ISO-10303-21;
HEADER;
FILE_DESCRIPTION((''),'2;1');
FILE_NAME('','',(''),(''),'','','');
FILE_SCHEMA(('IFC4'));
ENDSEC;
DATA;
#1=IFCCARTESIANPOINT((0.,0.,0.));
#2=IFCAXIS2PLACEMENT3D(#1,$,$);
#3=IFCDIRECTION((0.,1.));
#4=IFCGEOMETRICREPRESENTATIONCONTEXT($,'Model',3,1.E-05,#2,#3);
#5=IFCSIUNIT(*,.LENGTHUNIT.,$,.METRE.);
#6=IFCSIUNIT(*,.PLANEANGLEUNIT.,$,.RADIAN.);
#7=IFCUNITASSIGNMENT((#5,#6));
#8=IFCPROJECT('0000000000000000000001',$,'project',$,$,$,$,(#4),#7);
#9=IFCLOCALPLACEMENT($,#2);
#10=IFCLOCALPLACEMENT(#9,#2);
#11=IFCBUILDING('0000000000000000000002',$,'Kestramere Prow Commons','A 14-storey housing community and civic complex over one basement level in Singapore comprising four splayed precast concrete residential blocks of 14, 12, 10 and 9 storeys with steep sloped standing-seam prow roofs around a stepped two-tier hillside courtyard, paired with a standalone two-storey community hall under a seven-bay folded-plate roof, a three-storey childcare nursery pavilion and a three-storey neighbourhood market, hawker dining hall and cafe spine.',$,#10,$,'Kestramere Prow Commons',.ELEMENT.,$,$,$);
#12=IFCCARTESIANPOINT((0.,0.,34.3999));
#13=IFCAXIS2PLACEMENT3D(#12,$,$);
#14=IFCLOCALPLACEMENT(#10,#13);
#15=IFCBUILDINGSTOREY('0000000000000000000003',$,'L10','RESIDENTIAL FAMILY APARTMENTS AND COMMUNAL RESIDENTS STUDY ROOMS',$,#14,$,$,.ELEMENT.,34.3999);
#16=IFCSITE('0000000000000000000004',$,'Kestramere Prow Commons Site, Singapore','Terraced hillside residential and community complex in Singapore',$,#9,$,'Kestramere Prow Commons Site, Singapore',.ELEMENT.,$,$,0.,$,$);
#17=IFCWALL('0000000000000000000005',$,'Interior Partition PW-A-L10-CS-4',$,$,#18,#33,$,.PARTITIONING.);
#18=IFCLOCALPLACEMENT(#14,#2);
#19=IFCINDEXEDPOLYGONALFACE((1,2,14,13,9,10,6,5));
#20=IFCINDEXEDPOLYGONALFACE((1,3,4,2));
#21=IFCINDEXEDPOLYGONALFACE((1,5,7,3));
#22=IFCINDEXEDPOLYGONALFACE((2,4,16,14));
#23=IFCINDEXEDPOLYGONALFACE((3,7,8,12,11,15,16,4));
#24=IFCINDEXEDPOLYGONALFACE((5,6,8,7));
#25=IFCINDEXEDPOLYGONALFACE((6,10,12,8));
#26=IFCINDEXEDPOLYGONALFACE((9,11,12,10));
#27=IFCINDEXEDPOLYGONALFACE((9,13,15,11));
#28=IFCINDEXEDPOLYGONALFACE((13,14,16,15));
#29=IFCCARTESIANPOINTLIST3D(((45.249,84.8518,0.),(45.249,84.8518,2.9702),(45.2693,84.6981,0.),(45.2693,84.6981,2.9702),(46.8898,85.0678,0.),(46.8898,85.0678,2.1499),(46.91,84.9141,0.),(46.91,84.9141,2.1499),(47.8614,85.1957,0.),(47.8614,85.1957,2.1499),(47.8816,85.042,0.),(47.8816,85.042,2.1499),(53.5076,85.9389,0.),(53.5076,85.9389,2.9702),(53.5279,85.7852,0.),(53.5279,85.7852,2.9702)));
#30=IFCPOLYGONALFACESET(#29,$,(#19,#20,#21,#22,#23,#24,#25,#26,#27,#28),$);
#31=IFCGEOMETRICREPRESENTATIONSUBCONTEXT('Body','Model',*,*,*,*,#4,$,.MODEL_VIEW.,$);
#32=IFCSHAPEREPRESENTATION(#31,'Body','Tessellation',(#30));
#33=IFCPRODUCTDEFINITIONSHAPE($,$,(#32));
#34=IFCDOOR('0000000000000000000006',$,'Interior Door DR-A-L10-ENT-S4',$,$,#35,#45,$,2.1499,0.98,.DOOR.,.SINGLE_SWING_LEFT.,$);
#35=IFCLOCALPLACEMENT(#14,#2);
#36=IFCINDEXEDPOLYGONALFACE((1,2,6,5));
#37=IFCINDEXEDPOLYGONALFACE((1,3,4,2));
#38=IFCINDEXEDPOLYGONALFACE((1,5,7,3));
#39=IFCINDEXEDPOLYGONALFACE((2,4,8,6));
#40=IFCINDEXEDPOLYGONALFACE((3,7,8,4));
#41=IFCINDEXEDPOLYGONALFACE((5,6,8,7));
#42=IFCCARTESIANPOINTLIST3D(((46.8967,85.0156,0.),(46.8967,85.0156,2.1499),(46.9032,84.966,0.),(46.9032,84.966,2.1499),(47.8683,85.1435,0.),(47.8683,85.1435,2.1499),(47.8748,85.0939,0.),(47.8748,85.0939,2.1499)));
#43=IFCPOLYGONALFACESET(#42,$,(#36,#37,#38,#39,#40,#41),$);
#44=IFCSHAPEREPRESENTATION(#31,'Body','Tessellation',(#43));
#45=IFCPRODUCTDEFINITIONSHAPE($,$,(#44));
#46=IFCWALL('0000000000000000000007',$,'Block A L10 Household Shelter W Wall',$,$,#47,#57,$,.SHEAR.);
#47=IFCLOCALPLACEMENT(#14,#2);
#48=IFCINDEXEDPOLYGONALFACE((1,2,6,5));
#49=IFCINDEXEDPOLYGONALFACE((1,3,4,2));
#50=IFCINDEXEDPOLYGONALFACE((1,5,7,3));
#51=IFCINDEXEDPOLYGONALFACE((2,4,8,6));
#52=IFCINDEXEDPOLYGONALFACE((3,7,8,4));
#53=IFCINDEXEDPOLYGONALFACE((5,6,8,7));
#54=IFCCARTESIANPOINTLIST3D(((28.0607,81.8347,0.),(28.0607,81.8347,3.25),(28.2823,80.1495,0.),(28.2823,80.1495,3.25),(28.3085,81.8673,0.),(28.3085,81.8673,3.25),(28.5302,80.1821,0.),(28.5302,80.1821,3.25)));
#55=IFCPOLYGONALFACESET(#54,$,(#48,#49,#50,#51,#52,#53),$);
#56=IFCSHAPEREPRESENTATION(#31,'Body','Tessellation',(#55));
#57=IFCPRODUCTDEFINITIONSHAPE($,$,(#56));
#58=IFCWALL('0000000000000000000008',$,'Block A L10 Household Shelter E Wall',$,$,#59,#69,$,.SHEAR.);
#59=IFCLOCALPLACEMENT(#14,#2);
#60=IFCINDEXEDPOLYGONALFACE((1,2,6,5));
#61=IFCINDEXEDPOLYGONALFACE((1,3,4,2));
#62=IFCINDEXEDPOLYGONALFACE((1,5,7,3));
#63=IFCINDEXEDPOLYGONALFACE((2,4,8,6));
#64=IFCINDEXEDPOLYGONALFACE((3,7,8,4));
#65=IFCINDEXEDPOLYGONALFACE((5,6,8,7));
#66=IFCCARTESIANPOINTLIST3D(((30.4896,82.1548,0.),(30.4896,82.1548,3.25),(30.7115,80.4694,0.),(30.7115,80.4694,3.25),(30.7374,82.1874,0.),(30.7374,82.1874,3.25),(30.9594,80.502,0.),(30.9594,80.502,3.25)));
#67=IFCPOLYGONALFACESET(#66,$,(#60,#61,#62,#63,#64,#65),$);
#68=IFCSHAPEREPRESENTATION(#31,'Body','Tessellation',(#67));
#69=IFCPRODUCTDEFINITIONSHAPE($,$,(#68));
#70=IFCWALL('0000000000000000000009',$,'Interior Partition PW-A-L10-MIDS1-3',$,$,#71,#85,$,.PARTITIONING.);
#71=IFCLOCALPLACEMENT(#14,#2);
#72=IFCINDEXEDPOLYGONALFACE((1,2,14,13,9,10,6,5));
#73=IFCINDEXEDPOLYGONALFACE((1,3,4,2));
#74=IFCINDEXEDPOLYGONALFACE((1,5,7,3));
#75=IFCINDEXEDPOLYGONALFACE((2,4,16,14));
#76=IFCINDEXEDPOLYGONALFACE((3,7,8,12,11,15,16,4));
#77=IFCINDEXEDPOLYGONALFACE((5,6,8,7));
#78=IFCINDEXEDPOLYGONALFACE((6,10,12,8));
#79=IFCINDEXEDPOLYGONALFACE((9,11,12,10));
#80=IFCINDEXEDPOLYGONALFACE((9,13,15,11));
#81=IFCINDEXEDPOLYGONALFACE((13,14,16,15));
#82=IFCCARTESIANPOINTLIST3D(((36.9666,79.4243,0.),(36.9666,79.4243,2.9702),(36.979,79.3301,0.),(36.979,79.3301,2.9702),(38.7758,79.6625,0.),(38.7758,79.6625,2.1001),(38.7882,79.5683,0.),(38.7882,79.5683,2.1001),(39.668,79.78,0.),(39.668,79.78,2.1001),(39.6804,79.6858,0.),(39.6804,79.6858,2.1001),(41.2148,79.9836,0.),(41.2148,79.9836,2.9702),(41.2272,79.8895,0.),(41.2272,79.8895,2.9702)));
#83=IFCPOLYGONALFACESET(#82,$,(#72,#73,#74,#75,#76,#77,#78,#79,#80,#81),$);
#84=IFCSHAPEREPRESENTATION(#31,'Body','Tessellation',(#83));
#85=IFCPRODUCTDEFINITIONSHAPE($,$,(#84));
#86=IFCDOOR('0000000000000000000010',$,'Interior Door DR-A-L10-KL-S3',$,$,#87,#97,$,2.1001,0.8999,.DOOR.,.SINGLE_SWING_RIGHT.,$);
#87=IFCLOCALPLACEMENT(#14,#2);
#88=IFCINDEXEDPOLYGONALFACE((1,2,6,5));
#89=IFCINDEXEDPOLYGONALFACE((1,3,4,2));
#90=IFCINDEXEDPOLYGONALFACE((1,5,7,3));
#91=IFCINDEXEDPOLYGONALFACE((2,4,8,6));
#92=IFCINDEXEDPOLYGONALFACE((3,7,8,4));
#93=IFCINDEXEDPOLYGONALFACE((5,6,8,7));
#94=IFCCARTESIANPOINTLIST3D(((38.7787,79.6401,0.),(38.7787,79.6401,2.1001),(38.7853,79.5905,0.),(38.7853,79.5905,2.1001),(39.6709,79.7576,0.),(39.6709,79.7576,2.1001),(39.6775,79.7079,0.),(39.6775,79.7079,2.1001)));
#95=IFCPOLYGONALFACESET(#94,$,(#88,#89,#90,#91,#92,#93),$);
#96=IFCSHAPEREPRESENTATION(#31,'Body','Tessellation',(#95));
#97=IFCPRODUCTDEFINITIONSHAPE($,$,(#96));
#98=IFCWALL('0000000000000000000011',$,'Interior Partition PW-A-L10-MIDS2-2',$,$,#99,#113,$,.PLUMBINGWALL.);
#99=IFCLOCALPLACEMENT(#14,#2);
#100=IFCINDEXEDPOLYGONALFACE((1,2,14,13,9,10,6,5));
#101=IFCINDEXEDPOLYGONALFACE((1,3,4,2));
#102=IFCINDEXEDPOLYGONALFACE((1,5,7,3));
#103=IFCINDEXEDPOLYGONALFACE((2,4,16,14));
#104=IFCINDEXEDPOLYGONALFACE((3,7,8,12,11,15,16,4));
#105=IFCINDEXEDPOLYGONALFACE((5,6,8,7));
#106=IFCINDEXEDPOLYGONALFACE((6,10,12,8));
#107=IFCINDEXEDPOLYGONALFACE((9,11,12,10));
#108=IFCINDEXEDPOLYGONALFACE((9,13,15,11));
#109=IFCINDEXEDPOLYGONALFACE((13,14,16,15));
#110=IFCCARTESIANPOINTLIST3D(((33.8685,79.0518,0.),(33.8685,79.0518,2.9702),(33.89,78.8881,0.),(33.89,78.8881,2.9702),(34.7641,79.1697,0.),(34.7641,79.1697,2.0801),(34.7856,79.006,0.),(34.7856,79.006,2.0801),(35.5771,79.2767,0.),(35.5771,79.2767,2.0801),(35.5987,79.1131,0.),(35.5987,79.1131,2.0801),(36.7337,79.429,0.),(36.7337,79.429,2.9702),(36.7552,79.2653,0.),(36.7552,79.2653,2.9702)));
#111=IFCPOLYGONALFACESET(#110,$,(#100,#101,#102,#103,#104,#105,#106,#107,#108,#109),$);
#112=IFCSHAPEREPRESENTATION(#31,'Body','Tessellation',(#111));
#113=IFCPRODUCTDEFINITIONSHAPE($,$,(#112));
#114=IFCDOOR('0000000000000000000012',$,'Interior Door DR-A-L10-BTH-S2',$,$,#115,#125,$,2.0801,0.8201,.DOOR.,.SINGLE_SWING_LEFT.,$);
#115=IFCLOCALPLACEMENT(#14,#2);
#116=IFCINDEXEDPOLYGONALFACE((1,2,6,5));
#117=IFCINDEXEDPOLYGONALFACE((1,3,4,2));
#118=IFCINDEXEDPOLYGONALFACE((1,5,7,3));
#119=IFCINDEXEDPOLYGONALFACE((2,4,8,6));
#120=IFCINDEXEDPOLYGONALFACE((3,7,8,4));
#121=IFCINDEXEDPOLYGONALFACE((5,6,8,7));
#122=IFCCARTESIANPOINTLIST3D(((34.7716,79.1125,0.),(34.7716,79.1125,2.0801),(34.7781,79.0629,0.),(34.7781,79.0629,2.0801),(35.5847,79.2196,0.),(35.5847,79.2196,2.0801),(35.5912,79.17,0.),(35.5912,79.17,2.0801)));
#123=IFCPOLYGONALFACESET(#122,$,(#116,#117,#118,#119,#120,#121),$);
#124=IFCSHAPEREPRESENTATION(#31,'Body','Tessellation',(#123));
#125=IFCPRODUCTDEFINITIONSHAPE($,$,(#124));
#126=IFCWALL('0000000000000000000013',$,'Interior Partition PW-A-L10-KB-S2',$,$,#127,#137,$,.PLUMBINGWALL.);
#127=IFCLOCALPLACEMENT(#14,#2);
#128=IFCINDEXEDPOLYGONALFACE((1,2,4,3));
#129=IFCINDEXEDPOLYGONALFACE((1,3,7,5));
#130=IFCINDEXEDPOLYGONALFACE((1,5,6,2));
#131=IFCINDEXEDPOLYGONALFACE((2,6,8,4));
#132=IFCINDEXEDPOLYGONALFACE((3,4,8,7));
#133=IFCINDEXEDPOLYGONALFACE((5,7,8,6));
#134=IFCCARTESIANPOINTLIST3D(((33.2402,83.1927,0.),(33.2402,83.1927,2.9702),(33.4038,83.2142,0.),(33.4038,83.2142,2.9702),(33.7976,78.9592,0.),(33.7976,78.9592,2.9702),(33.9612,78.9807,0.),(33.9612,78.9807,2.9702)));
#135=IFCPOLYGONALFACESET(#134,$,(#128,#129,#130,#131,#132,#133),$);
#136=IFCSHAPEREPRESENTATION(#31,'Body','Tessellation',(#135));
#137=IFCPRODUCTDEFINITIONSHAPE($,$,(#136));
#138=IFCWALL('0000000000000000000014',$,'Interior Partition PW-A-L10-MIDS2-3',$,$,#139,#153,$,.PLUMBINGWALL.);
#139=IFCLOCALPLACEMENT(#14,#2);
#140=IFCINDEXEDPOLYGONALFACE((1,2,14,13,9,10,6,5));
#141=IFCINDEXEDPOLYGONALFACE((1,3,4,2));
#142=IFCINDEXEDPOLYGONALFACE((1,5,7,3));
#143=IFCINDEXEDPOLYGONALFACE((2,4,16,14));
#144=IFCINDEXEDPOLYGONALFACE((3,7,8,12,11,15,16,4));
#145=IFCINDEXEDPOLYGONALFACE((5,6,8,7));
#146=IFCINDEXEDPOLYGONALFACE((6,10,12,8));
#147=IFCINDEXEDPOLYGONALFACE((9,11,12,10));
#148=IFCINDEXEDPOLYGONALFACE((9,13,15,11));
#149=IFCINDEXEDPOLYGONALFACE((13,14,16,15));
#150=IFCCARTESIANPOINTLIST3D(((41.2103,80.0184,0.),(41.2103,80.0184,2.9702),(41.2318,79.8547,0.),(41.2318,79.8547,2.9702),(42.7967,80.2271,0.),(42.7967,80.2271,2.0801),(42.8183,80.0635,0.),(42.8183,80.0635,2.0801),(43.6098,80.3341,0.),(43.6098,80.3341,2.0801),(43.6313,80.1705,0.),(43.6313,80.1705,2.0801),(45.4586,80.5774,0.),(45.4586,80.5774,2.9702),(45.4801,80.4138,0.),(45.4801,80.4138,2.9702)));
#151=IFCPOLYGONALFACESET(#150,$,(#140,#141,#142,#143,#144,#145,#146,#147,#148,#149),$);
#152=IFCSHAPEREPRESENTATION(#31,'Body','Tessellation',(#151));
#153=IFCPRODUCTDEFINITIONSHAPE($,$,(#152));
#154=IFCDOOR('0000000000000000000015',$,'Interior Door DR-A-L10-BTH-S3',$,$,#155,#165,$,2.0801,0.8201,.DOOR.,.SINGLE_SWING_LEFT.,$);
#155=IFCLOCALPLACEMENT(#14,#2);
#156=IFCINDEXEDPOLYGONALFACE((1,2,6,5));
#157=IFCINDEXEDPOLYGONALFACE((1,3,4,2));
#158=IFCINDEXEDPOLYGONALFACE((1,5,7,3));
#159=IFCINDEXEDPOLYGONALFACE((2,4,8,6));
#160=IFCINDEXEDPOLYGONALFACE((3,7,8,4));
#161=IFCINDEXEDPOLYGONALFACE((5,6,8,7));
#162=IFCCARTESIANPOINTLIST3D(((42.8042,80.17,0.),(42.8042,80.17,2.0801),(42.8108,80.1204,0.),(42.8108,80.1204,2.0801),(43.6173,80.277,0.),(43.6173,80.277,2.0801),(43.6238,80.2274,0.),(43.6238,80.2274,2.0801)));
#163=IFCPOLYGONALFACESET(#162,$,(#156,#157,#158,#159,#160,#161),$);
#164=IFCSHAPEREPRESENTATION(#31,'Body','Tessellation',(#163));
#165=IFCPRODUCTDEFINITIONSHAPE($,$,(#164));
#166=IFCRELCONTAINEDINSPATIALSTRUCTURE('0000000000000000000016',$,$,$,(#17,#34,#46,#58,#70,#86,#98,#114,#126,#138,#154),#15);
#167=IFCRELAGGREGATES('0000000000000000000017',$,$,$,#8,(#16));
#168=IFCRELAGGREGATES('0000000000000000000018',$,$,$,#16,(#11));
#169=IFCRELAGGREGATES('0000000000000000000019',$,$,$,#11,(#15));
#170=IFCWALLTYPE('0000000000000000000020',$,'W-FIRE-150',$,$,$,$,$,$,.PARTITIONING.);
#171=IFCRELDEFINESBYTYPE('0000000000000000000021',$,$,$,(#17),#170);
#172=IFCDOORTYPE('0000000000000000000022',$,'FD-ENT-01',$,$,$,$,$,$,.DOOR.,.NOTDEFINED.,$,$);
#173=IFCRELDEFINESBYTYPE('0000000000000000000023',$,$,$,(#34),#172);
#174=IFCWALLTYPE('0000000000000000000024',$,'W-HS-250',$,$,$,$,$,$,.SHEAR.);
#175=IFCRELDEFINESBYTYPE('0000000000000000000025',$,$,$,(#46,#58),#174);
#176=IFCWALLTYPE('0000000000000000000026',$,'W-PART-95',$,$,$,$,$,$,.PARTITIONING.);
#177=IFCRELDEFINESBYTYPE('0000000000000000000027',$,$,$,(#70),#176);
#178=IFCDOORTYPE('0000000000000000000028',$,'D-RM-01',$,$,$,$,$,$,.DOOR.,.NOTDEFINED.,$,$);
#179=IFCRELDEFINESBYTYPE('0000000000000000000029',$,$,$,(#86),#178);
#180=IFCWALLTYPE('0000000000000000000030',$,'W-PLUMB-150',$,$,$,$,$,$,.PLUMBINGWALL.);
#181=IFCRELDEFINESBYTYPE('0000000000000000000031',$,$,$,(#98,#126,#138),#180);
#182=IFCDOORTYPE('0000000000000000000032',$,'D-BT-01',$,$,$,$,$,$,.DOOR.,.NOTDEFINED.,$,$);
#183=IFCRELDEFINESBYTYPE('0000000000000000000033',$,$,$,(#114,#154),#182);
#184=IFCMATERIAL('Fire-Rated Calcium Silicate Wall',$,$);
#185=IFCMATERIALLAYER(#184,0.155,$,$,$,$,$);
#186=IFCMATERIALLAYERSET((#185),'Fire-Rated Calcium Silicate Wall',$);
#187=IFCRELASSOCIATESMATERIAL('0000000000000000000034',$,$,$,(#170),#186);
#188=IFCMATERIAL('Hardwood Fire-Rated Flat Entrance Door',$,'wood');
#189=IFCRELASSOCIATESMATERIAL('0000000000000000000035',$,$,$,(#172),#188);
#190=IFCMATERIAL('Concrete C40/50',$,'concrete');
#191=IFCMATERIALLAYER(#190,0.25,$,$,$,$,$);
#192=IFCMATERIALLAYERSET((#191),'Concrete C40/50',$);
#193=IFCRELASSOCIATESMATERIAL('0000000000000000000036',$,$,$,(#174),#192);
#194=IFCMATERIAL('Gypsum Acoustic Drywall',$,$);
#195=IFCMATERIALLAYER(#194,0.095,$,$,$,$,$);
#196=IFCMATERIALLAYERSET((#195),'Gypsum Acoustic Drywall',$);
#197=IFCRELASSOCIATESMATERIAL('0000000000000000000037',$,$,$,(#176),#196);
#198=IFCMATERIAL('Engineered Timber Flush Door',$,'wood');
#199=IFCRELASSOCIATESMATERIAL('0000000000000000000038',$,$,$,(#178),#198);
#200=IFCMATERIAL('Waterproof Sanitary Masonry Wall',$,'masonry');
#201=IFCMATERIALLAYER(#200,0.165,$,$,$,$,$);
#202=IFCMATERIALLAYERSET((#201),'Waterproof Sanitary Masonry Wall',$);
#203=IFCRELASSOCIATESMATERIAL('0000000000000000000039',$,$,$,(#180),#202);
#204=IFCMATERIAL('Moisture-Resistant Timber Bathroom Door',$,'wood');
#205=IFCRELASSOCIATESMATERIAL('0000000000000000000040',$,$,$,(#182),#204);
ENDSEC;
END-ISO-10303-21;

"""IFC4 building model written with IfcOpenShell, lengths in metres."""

from ifc_helpers import new_model, si_unit, direction, frame, frame_2d, origin, place, context, subcontext, project, spatial, rectangle, extrude, material, layer, layer_set, type_object, element, fill, save


model = new_model("IFC4")

# Units and contexts
model_context = context("Model", 3, precision=1e-05, world=origin(), true_north=direction((0.0, 1.0)))
body_context = subcontext(model_context, "Body", "Model", "MODEL_VIEW")
ifc_project = project(units=[si_unit("LENGTHUNIT", "METRE"), si_unit("PLANEANGLEUNIT", "RADIAN")], contexts=[model_context])

# Site, building, storey
site_placement = place(None, origin())
site = spatial("IfcSite", under=ifc_project, at=site_placement, Name="Kestramere Prow Commons Site, Singapore", Description="Terraced hillside residential and community complex in Singapore", LongName="Kestramere Prow Commons Site, Singapore", CompositionType="ELEMENT", RefElevation=0.0)
building_placement = place(site_placement, origin())
building = spatial("IfcBuilding", under=site, at=building_placement, Name="Kestramere Prow Commons", Description="A 14-storey housing community and civic complex over one basement level in Singapore comprising four splayed precast concrete residential blocks of 14, 12, 10 and 9 storeys with steep sloped standing-seam prow roofs around a stepped two-tier hillside courtyard, paired with a standalone two-storey community hall under a seven-bay folded-plate roof, a three-storey childcare nursery pavilion and a three-storey neighbourhood market, hawker dining hall and cafe spine.", LongName="Kestramere Prow Commons", CompositionType="ELEMENT")
storey_placement = place(building_placement, frame((0.0, 0.0, 34.3999)))
storey = spatial("IfcBuildingStorey", under=building, at=storey_placement, Name="L10", Description="RESIDENTIAL FAMILY APARTMENTS AND COMMUNAL RESIDENTS STUDY ROOMS", CompositionType="ELEMENT", Elevation=34.3999)

# Shared definitions
ifc_material_1 = material(Name="Fire-Rated Calcium Silicate Wall")
ifc_layer_1 = layer(ifc_material_1, 0.155)
ifc_layer_set_1 = layer_set([ifc_layer_1], Name="Fire-Rated Calcium Silicate Wall")
wall_type_1 = type_object("IfcWallType", Name="W-FIRE-150", PredefinedType="PARTITIONING", material=ifc_layer_set_1)

# Wall, opening, door
ifc_material_2 = material(Name="Hardwood Fire-Rated Flat Entrance Door", Category="wood")
door_type_1 = type_object("IfcDoorType", Name="FD-ENT-01", OperationType="NOTDEFINED", PredefinedType="DOOR", material=ifc_material_2)
wall_1_placement = place(storey_placement, frame((45.259, 84.7749, 0.0), z_axis=(0.0, 0.0, 1.0), x_axis=(0.991446, 0.130514, 0.0)))
wall_1 = element("IfcWall", 1, at=wall_1_placement, inside=storey, type_object=wall_type_1, Name="Interior Partition PW-A-L10-CS-4", PredefinedType="PARTITIONING", context=body_context, shape_type="SweptSolid", body=[
    extrude(rectangle(XDim=8.3298, YDim=0.155, at=frame_2d((4.165, 0.0))), origin(), (0.0, 0.0, 1.0), 2.9702),
])
opening_1_placement = place(wall_1_placement, frame((1.655, 0.0, 0.0)))
opening_1 = element("IfcOpeningElement", 2, at=opening_1_placement, cuts=wall_1, PredefinedType="OPENING", context=body_context, shape_type="SweptSolid", body=[
    extrude(rectangle(XDim=0.98, YDim=2.1499, at=frame_2d((0.49, 1.075))), frame((0.0, 0.0925, 0.0), z_axis=(0.0, -1.0, 0.0), x_axis=(1.0, 0.0, 0.0)), (0.0, 0.0, 1.0), 0.1851),
])
door_1_placement = place(opening_1_placement, origin())
door_1 = element("IfcDoor", 3, at=door_1_placement, inside=storey, type_object=door_type_1, Name="Interior Door DR-A-L10-ENT-S4", OperationType="SINGLE_SWING_LEFT", OverallHeight=2.1499, OverallWidth=0.98, PredefinedType="DOOR", context=body_context, shape_type="SweptSolid", body=[
    extrude(rectangle(XDim=0.98, YDim=2.1499, at=frame_2d((0.49, 1.075))), frame((0.0, 0.0249, 0.0), z_axis=(0.0, -1.0, 0.0), x_axis=(1.0, 0.0, 0.0)), (0.0, 0.0, 1.0), 0.05),
])
fill(opening_1, door_1)

# Walls
ifc_material_3 = material(Name="Concrete C40/50", Category="concrete")
ifc_layer_2 = layer(ifc_material_3, 0.25)
ifc_layer_set_2 = layer_set([ifc_layer_2], Name="Concrete C40/50")
wall_type_2 = type_object("IfcWallType", Name="W-HS-250", PredefinedType="SHEAR", material=ifc_layer_set_2)
wall_2_placement = place(storey_placement, frame((28.4062, 80.1658, 0.0), z_axis=(0.0, 0.0, 1.0), x_axis=(-0.130414, 0.99146, 0.0)))
element("IfcWall", 4, at=wall_2_placement, inside=storey, type_object=wall_type_2, Name="Block A L10 Household Shelter W Wall", PredefinedType="SHEAR", context=body_context, shape_type="SweptSolid", body=[
    extrude(rectangle(XDim=1.6997, YDim=0.25, at=frame_2d((0.8499, 0.0))), origin(), (0.0, 0.0, 1.0), 3.25),
])
wall_3_placement = place(storey_placement, frame((30.8354, 80.4856, 0.0), z_axis=(0.0, 0.0, 1.0), x_axis=(-0.130555, 0.991441, 0.0)))
element("IfcWall", 5, at=wall_3_placement, inside=storey, type_object=wall_type_2, Name="Block A L10 Household Shelter E Wall", PredefinedType="SHEAR", context=body_context, shape_type="SweptSolid", body=[
    extrude(rectangle(XDim=1.7, YDim=0.25, at=frame_2d((0.8501, 0.0))), origin(), (0.0, 0.0, 1.0), 3.25),
])

# Walls, openings, doors
ifc_material_4 = material(Name="Gypsum Acoustic Drywall")
ifc_layer_3 = layer(ifc_material_4, 0.095)
ifc_layer_set_3 = layer_set([ifc_layer_3], Name="Gypsum Acoustic Drywall")
wall_type_3 = type_object("IfcWallType", Name="W-PART-95", PredefinedType="PARTITIONING", material=ifc_layer_set_3)
wall_4_placement = place(storey_placement, frame((36.9727, 79.3772, 0.0), z_axis=(0.0, 0.0, 1.0), x_axis=(0.991444, 0.130533, 0.0)))
wall_4 = element("IfcWall", 6, at=wall_4_placement, inside=storey, type_object=wall_type_3, Name="Interior Partition PW-A-L10-MIDS1-3", PredefinedType="PARTITIONING", context=body_context, shape_type="SweptSolid", body=[
    extrude(rectangle(XDim=4.2849, YDim=0.095, at=frame_2d((2.1426, 0.0))), origin(), (0.0, 0.0, 1.0), 2.9702),
])
opening_2_placement = place(wall_4_placement, frame((1.825, 0.0, 0.0)))
opening_2 = element("IfcOpeningElement", 7, at=opening_2_placement, cuts=wall_4, PredefinedType="OPENING", context=body_context, shape_type="SweptSolid", body=[
    extrude(rectangle(XDim=0.8999, YDim=2.1001, at=frame_2d((0.45, 1.05))), frame((0.0, 0.0625, 0.0), z_axis=(0.0, -1.0, 0.0), x_axis=(1.0, 0.0, 0.0)), (0.0, 0.0, 1.0), 0.125),
])
ifc_material_5 = material(Name="Engineered Timber Flush Door", Category="wood")
door_type_2 = type_object("IfcDoorType", Name="D-RM-01", OperationType="NOTDEFINED", PredefinedType="DOOR", material=ifc_material_5)
door_2_placement = place(opening_2_placement, origin())
door_2 = element("IfcDoor", 8, at=door_2_placement, inside=storey, type_object=door_type_2, Name="Interior Door DR-A-L10-KL-S3", OperationType="SINGLE_SWING_RIGHT", OverallHeight=2.1001, OverallWidth=0.8999, PredefinedType="DOOR", context=body_context, shape_type="SweptSolid", body=[
    extrude(rectangle(XDim=0.8999, YDim=2.1001, at=frame_2d((0.45, 1.05))), frame((0.0, 0.0249, 0.0), z_axis=(0.0, -1.0, 0.0), x_axis=(1.0, 0.0, 0.0)), (0.0, 0.0, 1.0), 0.05),
])
fill(opening_2, door_2)
ifc_material_6 = material(Name="Waterproof Sanitary Masonry Wall", Category="masonry")
ifc_layer_4 = layer(ifc_material_6, 0.165)
ifc_layer_set_4 = layer_set([ifc_layer_4], Name="Waterproof Sanitary Masonry Wall")
wall_type_4 = type_object("IfcWallType", Name="W-PLUMB-150", PredefinedType="PLUMBINGWALL", material=ifc_layer_set_4)
wall_5_placement = place(storey_placement, frame((33.8794, 78.97, 0.0), z_axis=(0.0, 0.0, 1.0), x_axis=(0.991446, 0.13052, 0.0)))
wall_5 = element("IfcWall", 9, at=wall_5_placement, inside=storey, type_object=wall_type_4, Name="Interior Partition PW-A-L10-MIDS2-2", PredefinedType="PLUMBINGWALL", context=body_context, shape_type="SweptSolid", body=[
    extrude(rectangle(XDim=2.8899, YDim=0.165, at=frame_2d((1.4448, 0.0))), origin(), (0.0, 0.0, 1.0), 2.9702),
])
opening_3_placement = place(wall_5_placement, frame((0.9031, 0.0, 0.0)))
opening_3 = element("IfcOpeningElement", 10, at=opening_3_placement, cuts=wall_5, PredefinedType="OPENING", context=body_context, shape_type="SweptSolid", body=[
    extrude(rectangle(XDim=0.8201, YDim=2.0801, at=frame_2d((0.4102, 1.04))), frame((0.0, 0.0974, 0.0), z_axis=(0.0, -1.0, 0.0), x_axis=(1.0, 0.0, 0.0)), (0.0, 0.0, 1.0), 0.1951),
])
ifc_material_7 = material(Name="Moisture-Resistant Timber Bathroom Door", Category="wood")
door_type_3 = type_object("IfcDoorType", Name="D-BT-01", OperationType="NOTDEFINED", PredefinedType="DOOR", material=ifc_material_7)
door_3_placement = place(opening_3_placement, origin())
door_3 = element("IfcDoor", 11, at=door_3_placement, inside=storey, type_object=door_type_3, Name="Interior Door DR-A-L10-BTH-S2", OperationType="SINGLE_SWING_LEFT", OverallHeight=2.0801, OverallWidth=0.8201, PredefinedType="DOOR", context=body_context, shape_type="SweptSolid", body=[
    extrude(rectangle(XDim=0.8201, YDim=2.0801, at=frame_2d((0.4102, 1.04))), frame((0.0, 0.0249, 0.0), z_axis=(0.0, -1.0, 0.0), x_axis=(1.0, 0.0, 0.0)), (0.0, 0.0, 1.0), 0.05),
])
fill(opening_3, door_3)

# Wall
wall_6_placement = place(storey_placement, frame((33.8794, 78.97, 0.0), z_axis=(0.0, 0.0, 1.0), x_axis=(-0.130534, 0.991444, 0.0)))
element("IfcWall", 12, at=wall_6_placement, inside=storey, type_object=wall_type_4, Name="Interior Partition PW-A-L10-KB-S2", PredefinedType="PLUMBINGWALL", context=body_context, shape_type="SweptSolid", body=[
    extrude(rectangle(XDim=4.27, YDim=0.165, at=frame_2d((2.135, 0.0))), origin(), (0.0, 0.0, 1.0), 2.9702),
])

# Wall, opening, door
wall_7_placement = place(storey_placement, frame((41.2209, 79.9365, 0.0), z_axis=(0.0, 0.0, 1.0), x_axis=(0.991451, 0.130477, 0.0)))
wall_7 = element("IfcWall", 13, at=wall_7_placement, inside=storey, type_object=wall_type_4, Name="Interior Partition PW-A-L10-MIDS2-3", PredefinedType="PLUMBINGWALL", context=body_context, shape_type="SweptSolid", body=[
    extrude(rectangle(XDim=4.2849, YDim=0.165, at=frame_2d((2.1426, 0.0))), origin(), (0.0, 0.0, 1.0), 2.9702),
])
opening_4_placement = place(wall_7_placement, frame((1.6001, 0.0, 0.0)))
opening_4 = element("IfcOpeningElement", 14, at=opening_4_placement, cuts=wall_7, PredefinedType="OPENING", context=body_context, shape_type="SweptSolid", body=[
    extrude(rectangle(XDim=0.8201, YDim=2.0801, at=frame_2d((0.4102, 1.04))), frame((0.0, 0.0974, 0.0), z_axis=(0.0, -1.0, 0.0), x_axis=(1.0, 0.0, 0.0)), (0.0, 0.0, 1.0), 0.1951),
])
door_4_placement = place(opening_4_placement, origin())
door_4 = element("IfcDoor", 15, at=door_4_placement, inside=storey, type_object=door_type_3, Name="Interior Door DR-A-L10-BTH-S3", OperationType="SINGLE_SWING_LEFT", OverallHeight=2.0801, OverallWidth=0.8201, PredefinedType="DOOR", context=body_context, shape_type="SweptSolid", body=[
    extrude(rectangle(XDim=0.8201, YDim=2.0801, at=frame_2d((0.4102, 1.04))), frame((0.0, 0.0249, 0.0), z_axis=(0.0, -1.0, 0.0), x_axis=(1.0, 0.0, 0.0)), (0.0, 0.0, 1.0), 0.05),
])
fill(opening_4, door_4)

save(model, "model.ifc")
